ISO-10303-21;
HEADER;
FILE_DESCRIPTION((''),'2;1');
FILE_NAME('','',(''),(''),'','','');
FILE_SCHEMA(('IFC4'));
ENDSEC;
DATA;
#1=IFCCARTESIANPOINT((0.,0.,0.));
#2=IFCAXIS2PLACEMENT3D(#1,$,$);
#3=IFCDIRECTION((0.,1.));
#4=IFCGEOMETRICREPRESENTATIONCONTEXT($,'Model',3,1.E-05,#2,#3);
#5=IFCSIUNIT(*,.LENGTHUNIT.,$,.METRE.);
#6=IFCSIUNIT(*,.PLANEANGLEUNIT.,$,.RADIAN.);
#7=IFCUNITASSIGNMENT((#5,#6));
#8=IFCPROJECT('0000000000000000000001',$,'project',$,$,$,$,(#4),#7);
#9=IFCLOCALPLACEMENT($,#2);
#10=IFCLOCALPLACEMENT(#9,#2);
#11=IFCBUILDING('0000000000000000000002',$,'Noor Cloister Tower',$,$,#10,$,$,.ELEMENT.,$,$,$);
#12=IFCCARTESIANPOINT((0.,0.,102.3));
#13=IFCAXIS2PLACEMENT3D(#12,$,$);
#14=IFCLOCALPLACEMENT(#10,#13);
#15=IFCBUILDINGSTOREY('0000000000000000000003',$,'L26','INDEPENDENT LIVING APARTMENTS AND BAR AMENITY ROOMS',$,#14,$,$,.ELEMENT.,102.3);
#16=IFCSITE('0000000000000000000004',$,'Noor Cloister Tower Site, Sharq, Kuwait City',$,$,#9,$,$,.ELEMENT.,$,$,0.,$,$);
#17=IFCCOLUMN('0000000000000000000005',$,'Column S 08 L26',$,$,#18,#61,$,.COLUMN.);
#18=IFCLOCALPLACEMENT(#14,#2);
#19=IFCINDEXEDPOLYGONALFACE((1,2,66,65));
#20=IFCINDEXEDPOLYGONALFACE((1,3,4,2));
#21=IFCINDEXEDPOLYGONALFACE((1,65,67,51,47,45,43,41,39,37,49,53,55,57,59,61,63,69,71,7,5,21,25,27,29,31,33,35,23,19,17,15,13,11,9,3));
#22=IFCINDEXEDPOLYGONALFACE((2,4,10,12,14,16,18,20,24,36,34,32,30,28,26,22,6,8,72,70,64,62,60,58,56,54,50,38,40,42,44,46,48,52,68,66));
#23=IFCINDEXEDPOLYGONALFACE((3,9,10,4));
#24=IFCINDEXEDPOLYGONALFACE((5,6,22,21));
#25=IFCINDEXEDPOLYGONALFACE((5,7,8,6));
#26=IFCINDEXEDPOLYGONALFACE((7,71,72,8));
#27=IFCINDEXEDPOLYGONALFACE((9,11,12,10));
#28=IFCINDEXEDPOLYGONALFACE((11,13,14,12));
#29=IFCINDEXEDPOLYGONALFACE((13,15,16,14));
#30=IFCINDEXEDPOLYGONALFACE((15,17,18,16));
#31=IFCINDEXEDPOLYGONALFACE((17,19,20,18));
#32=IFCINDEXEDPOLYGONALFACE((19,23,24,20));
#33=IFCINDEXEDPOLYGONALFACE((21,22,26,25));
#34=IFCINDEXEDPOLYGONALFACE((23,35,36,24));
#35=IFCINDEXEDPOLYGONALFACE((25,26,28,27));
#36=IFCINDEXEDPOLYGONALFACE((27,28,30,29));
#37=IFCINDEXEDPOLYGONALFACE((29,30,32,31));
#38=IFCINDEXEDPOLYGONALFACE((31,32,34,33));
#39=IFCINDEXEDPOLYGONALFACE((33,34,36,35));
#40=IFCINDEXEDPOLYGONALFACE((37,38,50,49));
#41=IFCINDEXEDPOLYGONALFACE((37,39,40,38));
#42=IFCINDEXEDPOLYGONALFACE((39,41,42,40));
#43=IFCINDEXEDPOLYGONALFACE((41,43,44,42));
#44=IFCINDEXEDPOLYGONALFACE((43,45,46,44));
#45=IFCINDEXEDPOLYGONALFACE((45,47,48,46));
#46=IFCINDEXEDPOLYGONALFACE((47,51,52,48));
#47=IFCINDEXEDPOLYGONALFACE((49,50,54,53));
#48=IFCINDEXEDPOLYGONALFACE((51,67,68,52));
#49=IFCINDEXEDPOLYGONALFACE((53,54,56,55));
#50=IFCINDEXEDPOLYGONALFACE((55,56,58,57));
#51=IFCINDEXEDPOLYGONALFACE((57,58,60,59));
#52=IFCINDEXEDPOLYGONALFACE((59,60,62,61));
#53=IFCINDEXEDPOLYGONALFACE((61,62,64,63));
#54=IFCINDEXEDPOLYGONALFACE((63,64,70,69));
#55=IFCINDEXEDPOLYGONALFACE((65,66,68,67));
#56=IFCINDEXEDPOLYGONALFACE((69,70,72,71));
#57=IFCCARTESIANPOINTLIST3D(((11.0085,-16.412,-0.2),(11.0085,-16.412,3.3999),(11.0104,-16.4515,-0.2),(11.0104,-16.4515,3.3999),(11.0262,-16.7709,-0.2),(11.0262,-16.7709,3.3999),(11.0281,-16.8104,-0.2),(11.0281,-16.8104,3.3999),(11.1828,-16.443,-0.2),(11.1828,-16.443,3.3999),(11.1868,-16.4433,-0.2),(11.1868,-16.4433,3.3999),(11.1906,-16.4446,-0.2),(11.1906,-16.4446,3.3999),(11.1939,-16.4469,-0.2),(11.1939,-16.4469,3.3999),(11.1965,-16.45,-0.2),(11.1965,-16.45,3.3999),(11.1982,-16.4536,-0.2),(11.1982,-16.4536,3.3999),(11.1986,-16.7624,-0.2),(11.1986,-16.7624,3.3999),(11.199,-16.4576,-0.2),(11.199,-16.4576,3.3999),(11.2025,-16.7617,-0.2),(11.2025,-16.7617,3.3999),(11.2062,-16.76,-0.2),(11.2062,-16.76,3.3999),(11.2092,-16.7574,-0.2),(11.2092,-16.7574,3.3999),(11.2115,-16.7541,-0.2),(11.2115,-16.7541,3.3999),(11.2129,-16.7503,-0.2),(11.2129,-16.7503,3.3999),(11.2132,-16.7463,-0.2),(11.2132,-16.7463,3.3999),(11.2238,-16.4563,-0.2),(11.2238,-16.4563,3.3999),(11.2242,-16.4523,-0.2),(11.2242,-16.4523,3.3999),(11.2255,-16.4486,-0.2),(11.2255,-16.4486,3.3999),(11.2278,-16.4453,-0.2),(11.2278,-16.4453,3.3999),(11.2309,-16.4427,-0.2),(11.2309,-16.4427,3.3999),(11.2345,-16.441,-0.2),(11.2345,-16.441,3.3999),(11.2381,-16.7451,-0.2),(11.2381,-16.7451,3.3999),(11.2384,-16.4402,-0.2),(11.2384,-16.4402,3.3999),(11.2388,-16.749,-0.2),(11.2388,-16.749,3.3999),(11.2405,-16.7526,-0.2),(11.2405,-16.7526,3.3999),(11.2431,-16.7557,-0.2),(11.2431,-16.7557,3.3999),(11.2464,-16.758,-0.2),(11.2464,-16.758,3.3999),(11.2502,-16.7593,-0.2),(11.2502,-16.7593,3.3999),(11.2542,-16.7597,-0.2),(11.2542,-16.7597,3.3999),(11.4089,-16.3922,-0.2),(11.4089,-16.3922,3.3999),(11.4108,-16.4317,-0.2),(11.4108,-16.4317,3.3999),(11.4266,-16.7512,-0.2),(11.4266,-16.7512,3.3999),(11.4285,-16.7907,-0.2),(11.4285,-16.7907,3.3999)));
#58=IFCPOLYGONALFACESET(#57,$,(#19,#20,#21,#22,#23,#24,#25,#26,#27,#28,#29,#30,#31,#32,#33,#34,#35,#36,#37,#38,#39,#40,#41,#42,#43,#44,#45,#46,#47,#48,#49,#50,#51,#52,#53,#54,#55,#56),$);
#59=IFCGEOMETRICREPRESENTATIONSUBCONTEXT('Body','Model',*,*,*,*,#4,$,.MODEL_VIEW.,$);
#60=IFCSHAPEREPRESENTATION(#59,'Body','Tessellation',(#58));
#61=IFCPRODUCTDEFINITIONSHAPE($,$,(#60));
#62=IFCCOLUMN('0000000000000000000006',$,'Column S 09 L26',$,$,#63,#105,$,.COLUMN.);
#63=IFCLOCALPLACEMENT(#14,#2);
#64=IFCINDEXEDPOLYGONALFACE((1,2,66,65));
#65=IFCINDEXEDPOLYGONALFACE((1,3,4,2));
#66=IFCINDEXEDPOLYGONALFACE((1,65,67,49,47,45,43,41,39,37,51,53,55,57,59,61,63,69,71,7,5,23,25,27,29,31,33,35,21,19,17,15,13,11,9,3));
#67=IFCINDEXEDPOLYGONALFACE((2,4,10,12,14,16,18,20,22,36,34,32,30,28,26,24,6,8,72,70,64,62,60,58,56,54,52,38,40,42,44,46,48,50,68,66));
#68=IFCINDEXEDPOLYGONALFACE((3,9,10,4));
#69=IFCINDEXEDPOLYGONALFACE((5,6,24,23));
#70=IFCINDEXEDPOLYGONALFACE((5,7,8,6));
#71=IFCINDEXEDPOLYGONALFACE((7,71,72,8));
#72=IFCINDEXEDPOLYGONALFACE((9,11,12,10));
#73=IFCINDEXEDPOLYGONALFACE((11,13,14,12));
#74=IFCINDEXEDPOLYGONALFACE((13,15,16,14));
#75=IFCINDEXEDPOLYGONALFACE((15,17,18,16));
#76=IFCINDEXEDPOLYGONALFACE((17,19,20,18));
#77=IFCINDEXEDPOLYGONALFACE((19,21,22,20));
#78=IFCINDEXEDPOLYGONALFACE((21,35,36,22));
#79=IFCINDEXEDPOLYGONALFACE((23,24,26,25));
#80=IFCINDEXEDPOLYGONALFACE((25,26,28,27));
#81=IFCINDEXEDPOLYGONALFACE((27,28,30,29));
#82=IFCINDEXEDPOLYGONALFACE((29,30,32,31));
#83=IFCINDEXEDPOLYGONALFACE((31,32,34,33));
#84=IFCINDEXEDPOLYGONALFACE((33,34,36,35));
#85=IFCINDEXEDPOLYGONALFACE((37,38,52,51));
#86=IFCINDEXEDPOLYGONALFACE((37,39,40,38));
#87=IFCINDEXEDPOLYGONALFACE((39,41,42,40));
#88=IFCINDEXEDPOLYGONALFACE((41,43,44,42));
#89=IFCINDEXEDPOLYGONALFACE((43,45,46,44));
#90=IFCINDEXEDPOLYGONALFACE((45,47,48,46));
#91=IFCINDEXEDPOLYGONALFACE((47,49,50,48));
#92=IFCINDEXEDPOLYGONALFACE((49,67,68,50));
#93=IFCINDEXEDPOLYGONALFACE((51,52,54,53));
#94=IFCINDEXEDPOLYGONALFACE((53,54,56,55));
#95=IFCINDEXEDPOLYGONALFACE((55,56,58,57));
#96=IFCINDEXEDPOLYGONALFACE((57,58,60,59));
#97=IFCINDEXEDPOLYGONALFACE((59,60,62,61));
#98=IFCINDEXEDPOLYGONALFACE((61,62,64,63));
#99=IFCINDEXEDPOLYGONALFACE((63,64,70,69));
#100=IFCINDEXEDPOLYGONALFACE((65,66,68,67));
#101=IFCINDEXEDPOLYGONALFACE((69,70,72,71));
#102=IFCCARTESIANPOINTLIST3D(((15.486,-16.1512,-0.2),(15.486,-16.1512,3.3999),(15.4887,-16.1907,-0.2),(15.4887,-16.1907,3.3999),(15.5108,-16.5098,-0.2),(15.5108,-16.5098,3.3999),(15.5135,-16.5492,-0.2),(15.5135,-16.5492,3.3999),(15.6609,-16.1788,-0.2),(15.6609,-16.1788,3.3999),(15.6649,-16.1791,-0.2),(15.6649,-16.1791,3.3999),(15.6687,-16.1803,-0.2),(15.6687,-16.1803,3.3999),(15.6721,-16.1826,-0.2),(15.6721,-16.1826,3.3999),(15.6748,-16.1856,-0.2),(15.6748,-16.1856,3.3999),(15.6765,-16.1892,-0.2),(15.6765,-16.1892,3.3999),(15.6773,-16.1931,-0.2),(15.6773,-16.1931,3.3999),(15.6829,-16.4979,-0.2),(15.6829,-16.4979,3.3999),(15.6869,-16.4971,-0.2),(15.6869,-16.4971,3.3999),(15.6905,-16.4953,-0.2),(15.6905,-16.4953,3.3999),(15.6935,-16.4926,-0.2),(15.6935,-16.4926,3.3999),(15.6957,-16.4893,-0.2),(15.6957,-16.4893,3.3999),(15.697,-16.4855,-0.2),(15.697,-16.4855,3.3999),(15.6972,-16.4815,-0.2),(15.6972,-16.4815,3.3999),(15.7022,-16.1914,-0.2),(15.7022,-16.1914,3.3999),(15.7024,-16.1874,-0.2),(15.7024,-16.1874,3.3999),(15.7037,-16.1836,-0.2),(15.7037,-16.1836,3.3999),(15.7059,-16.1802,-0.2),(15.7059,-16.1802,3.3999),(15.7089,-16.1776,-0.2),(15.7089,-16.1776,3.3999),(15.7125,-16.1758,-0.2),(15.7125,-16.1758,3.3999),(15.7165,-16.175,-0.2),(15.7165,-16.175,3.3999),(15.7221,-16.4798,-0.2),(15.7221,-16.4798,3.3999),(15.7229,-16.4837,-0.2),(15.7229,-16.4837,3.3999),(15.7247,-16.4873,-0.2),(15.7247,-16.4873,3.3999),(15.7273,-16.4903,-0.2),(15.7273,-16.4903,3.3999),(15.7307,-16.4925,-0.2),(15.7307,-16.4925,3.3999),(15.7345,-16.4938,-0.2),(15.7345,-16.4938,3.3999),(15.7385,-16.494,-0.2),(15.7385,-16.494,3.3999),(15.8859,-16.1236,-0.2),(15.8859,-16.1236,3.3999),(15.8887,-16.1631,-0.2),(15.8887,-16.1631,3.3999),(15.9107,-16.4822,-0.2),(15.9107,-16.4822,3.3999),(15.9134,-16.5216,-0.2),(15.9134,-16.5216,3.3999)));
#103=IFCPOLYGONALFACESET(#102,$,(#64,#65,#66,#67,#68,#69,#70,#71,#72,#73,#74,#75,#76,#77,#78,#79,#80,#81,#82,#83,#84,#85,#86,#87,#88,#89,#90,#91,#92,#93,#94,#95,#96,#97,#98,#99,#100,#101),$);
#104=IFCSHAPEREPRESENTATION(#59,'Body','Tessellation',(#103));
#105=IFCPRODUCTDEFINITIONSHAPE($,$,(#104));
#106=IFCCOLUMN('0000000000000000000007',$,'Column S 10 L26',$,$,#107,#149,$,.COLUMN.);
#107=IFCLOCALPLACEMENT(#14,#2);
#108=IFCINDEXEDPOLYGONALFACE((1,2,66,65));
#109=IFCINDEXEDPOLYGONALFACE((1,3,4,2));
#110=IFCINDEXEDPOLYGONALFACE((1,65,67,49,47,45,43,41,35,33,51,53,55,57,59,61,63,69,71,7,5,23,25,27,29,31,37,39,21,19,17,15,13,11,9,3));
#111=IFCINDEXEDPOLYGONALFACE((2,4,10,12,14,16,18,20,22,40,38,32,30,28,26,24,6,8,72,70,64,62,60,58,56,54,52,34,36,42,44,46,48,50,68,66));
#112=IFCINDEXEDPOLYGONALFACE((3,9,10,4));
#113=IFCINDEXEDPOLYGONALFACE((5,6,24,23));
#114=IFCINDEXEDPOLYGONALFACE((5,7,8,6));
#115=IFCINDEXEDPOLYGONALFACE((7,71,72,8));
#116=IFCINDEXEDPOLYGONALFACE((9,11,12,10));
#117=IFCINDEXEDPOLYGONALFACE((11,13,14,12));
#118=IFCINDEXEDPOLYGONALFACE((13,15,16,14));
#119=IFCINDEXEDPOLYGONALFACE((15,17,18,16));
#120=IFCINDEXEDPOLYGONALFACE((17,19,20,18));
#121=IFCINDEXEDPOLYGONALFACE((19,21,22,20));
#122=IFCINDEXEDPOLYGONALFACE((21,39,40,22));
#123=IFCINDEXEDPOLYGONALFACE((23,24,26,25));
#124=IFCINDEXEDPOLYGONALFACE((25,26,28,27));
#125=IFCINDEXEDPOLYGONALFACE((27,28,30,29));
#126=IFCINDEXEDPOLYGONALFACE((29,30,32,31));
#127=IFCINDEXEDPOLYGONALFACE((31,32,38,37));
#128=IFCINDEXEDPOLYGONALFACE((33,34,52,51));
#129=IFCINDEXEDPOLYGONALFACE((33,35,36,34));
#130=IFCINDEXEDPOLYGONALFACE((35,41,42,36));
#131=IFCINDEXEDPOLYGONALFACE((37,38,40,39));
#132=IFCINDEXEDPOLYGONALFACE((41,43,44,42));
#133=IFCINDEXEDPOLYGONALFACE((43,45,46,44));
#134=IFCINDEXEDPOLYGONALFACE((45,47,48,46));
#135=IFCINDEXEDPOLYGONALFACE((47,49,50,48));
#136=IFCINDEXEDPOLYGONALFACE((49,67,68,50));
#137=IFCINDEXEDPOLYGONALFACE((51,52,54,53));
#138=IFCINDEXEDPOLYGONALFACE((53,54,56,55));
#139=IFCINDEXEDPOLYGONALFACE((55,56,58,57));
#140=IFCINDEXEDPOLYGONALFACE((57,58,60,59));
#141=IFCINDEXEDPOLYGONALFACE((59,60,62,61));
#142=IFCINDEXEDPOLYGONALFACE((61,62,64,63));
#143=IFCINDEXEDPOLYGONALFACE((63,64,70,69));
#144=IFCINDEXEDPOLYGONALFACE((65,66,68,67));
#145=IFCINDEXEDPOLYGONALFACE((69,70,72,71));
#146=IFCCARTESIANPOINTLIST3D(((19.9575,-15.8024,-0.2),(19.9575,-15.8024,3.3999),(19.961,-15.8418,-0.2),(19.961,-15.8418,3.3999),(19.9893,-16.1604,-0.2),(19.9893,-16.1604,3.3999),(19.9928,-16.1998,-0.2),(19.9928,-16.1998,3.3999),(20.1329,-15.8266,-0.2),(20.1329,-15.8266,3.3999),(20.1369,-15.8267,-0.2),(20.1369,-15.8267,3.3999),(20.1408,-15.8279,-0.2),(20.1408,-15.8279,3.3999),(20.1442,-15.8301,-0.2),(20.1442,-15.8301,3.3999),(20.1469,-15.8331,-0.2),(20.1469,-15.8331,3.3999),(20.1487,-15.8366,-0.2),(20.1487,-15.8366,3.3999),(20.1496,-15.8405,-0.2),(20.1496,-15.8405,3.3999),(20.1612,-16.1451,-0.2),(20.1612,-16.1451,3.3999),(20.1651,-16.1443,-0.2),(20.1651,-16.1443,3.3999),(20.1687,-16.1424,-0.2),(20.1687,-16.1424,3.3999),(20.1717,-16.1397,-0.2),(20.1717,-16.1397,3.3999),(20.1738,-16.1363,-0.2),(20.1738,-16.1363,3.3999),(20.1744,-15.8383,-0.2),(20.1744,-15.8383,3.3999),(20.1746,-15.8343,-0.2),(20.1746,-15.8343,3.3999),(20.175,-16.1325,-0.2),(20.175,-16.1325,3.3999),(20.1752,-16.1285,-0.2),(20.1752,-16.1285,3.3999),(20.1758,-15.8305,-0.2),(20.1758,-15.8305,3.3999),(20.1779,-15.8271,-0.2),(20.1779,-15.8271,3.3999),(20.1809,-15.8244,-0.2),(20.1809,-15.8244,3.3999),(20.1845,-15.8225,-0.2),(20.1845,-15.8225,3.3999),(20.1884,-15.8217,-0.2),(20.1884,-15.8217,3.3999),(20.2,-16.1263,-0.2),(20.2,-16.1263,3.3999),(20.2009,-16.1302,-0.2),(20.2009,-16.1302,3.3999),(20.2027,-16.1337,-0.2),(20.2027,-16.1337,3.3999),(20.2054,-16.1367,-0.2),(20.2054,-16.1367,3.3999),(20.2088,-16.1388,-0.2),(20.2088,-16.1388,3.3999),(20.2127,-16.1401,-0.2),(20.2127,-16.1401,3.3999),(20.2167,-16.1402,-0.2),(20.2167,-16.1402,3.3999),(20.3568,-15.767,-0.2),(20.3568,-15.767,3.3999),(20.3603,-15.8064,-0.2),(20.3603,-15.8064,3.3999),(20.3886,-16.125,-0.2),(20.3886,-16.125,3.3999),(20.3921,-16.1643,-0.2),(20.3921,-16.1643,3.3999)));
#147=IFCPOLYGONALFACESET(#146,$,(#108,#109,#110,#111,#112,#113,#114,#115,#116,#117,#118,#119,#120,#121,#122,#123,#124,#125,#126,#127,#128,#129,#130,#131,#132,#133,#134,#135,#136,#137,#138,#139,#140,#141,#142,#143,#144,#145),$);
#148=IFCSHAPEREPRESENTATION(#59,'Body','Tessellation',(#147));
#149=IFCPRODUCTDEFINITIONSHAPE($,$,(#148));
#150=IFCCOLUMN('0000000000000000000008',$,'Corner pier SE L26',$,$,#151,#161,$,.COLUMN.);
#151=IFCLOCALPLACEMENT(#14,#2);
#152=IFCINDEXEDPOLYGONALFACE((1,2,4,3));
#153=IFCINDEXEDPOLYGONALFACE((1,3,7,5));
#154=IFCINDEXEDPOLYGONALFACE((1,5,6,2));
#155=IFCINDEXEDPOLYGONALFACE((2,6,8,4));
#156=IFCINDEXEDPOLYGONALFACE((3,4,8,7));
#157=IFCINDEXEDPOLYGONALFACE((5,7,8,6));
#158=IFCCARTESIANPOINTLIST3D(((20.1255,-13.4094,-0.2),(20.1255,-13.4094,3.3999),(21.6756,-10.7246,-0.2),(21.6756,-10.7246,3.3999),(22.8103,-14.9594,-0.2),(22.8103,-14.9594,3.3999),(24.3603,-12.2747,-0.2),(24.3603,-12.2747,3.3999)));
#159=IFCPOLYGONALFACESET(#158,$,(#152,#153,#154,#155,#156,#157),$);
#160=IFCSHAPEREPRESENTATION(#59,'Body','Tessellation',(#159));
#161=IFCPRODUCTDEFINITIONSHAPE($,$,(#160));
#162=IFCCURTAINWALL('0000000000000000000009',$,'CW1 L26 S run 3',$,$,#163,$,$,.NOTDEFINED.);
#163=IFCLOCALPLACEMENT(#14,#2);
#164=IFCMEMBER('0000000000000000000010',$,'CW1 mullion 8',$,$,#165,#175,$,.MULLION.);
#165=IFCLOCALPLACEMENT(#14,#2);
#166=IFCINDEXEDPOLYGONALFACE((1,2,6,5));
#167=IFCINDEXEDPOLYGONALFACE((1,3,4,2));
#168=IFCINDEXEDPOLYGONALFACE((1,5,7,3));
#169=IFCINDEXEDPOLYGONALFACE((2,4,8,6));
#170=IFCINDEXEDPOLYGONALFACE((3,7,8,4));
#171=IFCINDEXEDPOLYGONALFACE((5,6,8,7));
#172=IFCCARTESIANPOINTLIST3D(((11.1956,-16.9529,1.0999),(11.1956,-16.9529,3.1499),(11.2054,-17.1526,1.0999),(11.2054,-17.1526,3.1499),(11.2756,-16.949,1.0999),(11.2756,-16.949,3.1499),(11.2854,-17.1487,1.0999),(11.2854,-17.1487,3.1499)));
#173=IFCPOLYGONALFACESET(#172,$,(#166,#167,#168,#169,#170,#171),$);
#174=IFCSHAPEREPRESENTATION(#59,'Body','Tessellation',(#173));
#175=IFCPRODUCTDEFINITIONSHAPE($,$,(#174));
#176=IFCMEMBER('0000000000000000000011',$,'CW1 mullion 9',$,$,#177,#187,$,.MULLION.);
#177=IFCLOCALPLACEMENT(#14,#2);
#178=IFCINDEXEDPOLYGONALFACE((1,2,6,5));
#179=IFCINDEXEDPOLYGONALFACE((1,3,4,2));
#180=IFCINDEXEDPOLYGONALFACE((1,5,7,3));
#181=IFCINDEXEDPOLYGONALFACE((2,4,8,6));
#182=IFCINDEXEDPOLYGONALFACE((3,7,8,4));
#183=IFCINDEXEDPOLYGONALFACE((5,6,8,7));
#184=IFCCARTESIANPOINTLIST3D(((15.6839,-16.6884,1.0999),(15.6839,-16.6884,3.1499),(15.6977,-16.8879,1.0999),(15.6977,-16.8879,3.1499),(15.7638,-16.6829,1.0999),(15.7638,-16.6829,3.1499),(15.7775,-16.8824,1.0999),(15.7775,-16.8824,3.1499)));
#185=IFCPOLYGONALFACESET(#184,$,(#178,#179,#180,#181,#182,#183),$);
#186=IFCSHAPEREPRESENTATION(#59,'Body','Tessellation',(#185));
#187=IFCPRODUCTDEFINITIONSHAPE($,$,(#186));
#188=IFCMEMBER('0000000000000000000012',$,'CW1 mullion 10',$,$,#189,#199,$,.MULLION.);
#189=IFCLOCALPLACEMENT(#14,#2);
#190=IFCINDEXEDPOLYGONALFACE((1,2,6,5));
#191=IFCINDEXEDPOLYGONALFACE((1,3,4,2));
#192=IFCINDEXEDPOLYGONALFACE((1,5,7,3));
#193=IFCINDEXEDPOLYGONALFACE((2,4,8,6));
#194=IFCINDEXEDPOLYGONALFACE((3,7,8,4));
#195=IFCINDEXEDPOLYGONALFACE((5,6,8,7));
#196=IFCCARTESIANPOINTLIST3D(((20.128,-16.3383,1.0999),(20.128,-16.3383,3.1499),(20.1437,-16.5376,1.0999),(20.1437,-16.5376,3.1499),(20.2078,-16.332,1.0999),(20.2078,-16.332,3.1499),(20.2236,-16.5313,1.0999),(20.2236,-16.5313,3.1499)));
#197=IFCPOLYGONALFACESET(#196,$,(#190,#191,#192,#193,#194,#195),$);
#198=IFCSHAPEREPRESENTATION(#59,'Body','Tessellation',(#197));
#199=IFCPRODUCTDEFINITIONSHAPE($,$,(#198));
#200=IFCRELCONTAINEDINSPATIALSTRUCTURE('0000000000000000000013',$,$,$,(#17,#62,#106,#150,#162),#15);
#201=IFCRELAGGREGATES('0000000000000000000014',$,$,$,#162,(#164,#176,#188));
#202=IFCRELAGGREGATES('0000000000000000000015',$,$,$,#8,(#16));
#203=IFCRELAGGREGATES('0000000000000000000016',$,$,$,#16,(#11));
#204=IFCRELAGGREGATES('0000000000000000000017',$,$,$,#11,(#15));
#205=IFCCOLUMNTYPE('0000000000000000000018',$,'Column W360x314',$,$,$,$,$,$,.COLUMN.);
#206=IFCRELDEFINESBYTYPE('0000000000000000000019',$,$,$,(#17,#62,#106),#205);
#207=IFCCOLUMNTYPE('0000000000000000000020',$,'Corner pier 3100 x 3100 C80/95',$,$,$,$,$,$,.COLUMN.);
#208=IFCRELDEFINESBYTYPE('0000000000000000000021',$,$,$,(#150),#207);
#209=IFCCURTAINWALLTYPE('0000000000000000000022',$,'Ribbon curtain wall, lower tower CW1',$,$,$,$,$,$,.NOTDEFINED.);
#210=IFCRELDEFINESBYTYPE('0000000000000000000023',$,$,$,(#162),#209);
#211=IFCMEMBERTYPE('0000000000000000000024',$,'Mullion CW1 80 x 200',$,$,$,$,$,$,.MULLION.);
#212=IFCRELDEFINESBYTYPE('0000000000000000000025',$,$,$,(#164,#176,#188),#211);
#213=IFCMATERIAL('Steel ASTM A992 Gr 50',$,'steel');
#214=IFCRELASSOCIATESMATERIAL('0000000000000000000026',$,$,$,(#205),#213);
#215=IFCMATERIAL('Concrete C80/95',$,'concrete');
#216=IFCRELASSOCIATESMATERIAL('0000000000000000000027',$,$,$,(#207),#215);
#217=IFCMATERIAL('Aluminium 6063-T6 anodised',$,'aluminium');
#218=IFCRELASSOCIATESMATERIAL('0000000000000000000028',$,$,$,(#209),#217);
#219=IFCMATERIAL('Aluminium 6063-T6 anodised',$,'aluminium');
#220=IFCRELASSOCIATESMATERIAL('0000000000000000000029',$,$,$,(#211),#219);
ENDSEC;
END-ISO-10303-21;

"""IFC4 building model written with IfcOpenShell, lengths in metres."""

from ifc_helpers import new_model, si_unit, direction, frame, origin, origin_2d, place, context, subcontext, project, spatial, rectangle, i_section, extrude, material, material_profile, profile_set, type_object, element, aggregate, save


model = new_model("IFC4")

# Units and contexts
model_context = context("Model", 3, precision=1e-05, world=origin(), true_north=direction((0.0, 1.0)))
body_context = subcontext(model_context, "Body", "Model", "MODEL_VIEW")
ifc_project = project(units=[si_unit("LENGTHUNIT", "METRE"), si_unit("PLANEANGLEUNIT", "RADIAN")], contexts=[model_context])

# Site, building, storey
site_placement = place(None, origin())
site = spatial("IfcSite", under=ifc_project, at=site_placement, Name="Noor Cloister Tower Site, Sharq, Kuwait City", CompositionType="ELEMENT", RefElevation=0.0)
building_placement = place(site_placement, origin())
building = spatial("IfcBuilding", under=site, at=building_placement, Name="Noor Cloister Tower", CompositionType="ELEMENT")
storey_placement = place(building_placement, frame((0.0, 0.0, 102.3)))
storey = spatial("IfcBuildingStorey", under=building, at=storey_placement, Name="L26", Description="INDEPENDENT LIVING APARTMENTS AND BAR AMENITY ROOMS", CompositionType="ELEMENT", Elevation=102.3)

# Columns
ifc_material_1 = material(Name="Steel ASTM A992 Gr 50", Category="steel")
ifc_material_profile_1 = material_profile(ifc_material_1, i_section(OverallWidth=0.4009, OverallDepth=0.3989, WebThickness=0.0249, FlangeThickness=0.0396, FilletRadius=0.0154, at=origin_2d()), Name="W360x314")
ifc_profile_set_1 = profile_set([ifc_material_profile_1], Name="Steel ASTM A992 Gr 50")
column_type_1 = type_object("IfcColumnType", Name="Column W360x314", PredefinedType="COLUMN", material=ifc_profile_set_1)
for number, where, z_axis, x_axis, name in (
    (1, (11.2185, -16.6013, -0.2), (0.0, 0.0, 1.0), (0.99879, 0.049188, 0.0), "Column S 08 L26"),
    (2, (15.6997, -16.3364, -0.2), (0.0, 0.0, 1.0), (0.997628, 0.068837, 0.0), "Column S 09 L26"),
    (3, (20.1748, -15.9834, -0.2), (0.0, 0.0, 1.0), (0.99608, 0.088459, 0.0), "Column S 10 L26"),
):
    element("IfcColumn", number, at=place(storey_placement, frame(where, z_axis=z_axis, x_axis=x_axis)), inside=storey, type_object=column_type_1, Name=name, PredefinedType="COLUMN", context=body_context, shape_type="SweptSolid", body=[
        extrude(i_section(OverallWidth=0.4009, OverallDepth=0.3989, WebThickness=0.0249, FlangeThickness=0.0396, FilletRadius=0.0154, at=origin_2d()), origin(), (0.0, 0.0, 1.0), 3.5999),
    ])
ifc_material_2 = material(Name="Concrete C80/95", Category="concrete")
ifc_material_profile_2 = material_profile(ifc_material_2, rectangle(XDim=3.1001, YDim=3.1001, at=origin_2d()), Name="RC 3100x3100")
ifc_profile_set_2 = profile_set([ifc_material_profile_2], Name="Concrete C80/95")
column_type_2 = type_object("IfcColumnType", Name="Corner pier 3100 x 3100 C80/95", PredefinedType="COLUMN", material=ifc_profile_set_2)
column_placement = place(storey_placement, frame((22.2429, -12.842, -0.2), z_axis=(0.0, 0.0, 1.0), x_axis=(0.866025, -0.5, 0.0)))
element("IfcColumn", 4, at=column_placement, inside=storey, type_object=column_type_2, Name="Corner pier SE L26", PredefinedType="COLUMN", context=body_context, shape_type="SweptSolid", body=[
    extrude(rectangle(XDim=3.1001, YDim=3.1001, at=origin_2d()), origin(), (0.0, 0.0, 1.0), 3.5999),
])

# Curtain wall, members
ifc_material_3 = material(Name="Aluminium 6063-T6 anodised", Category="aluminium")
curtain_wall_type = type_object("IfcCurtainWallType", Name="Ribbon curtain wall, lower tower CW1", PredefinedType="NOTDEFINED", material=ifc_material_3)
curtain_wall_placement = place(storey_placement, origin())
curtain_wall = element("IfcCurtainWall", 5, at=curtain_wall_placement, inside=storey, type_object=curtain_wall_type, Name="CW1 L26 S run 3", PredefinedType="NOTDEFINED")
ifc_material_4 = material(Name="Aluminium 6063-T6 anodised", Category="aluminium")
ifc_material_profile_3 = material_profile(ifc_material_4, rectangle(XDim=0.2, YDim=0.0801, at=origin_2d()), Name="200 x 80 mullion")
ifc_profile_set_3 = profile_set([ifc_material_profile_3], Name="Aluminium 6063-T6 anodised")
member_type = type_object("IfcMemberType", Name="Mullion CW1 80 x 200", PredefinedType="MULLION", material=ifc_profile_set_3)
member_1_placement = place(storey_placement, frame((11.2405, -17.0508, 1.0999), z_axis=(0.0, 0.0, 1.0), x_axis=(-0.049188, 0.99879, 0.0)))
member_1 = element("IfcMember", 6, at=member_1_placement, type_object=member_type, Name="CW1 mullion 8", PredefinedType="MULLION", context=body_context, shape_type="SweptSolid", body=[
    extrude(rectangle(XDim=0.2, YDim=0.0801, at=origin_2d()), origin(), (0.0, 0.0, 1.0), 2.05),
])
member_2_placement = place(storey_placement, frame((15.7307, -16.7854, 1.0999), z_axis=(0.0, 0.0, 1.0), x_axis=(-0.068837, 0.997628, 0.0)))
member_2 = element("IfcMember", 7, at=member_2_placement, type_object=member_type, Name="CW1 mullion 9", PredefinedType="MULLION", context=body_context, shape_type="SweptSolid", body=[
    extrude(rectangle(XDim=0.2, YDim=0.0801, at=origin_2d()), origin(), (0.0, 0.0, 1.0), 2.05),
])
member_3_placement = place(storey_placement, frame((20.1758, -16.4348, 1.0999), z_axis=(0.0, 0.0, 1.0), x_axis=(-0.078652, 0.996902, 0.0)))
member_3 = element("IfcMember", 8, at=member_3_placement, type_object=member_type, Name="CW1 mullion 10", PredefinedType="MULLION", context=body_context, shape_type="SweptSolid", body=[
    extrude(rectangle(XDim=0.2, YDim=0.0801, at=origin_2d()), origin(), (0.0, 0.0, 1.0), 2.05),
])

aggregate(curtain_wall, [member_1, member_2, member_3])

save(model, "model.ifc")
